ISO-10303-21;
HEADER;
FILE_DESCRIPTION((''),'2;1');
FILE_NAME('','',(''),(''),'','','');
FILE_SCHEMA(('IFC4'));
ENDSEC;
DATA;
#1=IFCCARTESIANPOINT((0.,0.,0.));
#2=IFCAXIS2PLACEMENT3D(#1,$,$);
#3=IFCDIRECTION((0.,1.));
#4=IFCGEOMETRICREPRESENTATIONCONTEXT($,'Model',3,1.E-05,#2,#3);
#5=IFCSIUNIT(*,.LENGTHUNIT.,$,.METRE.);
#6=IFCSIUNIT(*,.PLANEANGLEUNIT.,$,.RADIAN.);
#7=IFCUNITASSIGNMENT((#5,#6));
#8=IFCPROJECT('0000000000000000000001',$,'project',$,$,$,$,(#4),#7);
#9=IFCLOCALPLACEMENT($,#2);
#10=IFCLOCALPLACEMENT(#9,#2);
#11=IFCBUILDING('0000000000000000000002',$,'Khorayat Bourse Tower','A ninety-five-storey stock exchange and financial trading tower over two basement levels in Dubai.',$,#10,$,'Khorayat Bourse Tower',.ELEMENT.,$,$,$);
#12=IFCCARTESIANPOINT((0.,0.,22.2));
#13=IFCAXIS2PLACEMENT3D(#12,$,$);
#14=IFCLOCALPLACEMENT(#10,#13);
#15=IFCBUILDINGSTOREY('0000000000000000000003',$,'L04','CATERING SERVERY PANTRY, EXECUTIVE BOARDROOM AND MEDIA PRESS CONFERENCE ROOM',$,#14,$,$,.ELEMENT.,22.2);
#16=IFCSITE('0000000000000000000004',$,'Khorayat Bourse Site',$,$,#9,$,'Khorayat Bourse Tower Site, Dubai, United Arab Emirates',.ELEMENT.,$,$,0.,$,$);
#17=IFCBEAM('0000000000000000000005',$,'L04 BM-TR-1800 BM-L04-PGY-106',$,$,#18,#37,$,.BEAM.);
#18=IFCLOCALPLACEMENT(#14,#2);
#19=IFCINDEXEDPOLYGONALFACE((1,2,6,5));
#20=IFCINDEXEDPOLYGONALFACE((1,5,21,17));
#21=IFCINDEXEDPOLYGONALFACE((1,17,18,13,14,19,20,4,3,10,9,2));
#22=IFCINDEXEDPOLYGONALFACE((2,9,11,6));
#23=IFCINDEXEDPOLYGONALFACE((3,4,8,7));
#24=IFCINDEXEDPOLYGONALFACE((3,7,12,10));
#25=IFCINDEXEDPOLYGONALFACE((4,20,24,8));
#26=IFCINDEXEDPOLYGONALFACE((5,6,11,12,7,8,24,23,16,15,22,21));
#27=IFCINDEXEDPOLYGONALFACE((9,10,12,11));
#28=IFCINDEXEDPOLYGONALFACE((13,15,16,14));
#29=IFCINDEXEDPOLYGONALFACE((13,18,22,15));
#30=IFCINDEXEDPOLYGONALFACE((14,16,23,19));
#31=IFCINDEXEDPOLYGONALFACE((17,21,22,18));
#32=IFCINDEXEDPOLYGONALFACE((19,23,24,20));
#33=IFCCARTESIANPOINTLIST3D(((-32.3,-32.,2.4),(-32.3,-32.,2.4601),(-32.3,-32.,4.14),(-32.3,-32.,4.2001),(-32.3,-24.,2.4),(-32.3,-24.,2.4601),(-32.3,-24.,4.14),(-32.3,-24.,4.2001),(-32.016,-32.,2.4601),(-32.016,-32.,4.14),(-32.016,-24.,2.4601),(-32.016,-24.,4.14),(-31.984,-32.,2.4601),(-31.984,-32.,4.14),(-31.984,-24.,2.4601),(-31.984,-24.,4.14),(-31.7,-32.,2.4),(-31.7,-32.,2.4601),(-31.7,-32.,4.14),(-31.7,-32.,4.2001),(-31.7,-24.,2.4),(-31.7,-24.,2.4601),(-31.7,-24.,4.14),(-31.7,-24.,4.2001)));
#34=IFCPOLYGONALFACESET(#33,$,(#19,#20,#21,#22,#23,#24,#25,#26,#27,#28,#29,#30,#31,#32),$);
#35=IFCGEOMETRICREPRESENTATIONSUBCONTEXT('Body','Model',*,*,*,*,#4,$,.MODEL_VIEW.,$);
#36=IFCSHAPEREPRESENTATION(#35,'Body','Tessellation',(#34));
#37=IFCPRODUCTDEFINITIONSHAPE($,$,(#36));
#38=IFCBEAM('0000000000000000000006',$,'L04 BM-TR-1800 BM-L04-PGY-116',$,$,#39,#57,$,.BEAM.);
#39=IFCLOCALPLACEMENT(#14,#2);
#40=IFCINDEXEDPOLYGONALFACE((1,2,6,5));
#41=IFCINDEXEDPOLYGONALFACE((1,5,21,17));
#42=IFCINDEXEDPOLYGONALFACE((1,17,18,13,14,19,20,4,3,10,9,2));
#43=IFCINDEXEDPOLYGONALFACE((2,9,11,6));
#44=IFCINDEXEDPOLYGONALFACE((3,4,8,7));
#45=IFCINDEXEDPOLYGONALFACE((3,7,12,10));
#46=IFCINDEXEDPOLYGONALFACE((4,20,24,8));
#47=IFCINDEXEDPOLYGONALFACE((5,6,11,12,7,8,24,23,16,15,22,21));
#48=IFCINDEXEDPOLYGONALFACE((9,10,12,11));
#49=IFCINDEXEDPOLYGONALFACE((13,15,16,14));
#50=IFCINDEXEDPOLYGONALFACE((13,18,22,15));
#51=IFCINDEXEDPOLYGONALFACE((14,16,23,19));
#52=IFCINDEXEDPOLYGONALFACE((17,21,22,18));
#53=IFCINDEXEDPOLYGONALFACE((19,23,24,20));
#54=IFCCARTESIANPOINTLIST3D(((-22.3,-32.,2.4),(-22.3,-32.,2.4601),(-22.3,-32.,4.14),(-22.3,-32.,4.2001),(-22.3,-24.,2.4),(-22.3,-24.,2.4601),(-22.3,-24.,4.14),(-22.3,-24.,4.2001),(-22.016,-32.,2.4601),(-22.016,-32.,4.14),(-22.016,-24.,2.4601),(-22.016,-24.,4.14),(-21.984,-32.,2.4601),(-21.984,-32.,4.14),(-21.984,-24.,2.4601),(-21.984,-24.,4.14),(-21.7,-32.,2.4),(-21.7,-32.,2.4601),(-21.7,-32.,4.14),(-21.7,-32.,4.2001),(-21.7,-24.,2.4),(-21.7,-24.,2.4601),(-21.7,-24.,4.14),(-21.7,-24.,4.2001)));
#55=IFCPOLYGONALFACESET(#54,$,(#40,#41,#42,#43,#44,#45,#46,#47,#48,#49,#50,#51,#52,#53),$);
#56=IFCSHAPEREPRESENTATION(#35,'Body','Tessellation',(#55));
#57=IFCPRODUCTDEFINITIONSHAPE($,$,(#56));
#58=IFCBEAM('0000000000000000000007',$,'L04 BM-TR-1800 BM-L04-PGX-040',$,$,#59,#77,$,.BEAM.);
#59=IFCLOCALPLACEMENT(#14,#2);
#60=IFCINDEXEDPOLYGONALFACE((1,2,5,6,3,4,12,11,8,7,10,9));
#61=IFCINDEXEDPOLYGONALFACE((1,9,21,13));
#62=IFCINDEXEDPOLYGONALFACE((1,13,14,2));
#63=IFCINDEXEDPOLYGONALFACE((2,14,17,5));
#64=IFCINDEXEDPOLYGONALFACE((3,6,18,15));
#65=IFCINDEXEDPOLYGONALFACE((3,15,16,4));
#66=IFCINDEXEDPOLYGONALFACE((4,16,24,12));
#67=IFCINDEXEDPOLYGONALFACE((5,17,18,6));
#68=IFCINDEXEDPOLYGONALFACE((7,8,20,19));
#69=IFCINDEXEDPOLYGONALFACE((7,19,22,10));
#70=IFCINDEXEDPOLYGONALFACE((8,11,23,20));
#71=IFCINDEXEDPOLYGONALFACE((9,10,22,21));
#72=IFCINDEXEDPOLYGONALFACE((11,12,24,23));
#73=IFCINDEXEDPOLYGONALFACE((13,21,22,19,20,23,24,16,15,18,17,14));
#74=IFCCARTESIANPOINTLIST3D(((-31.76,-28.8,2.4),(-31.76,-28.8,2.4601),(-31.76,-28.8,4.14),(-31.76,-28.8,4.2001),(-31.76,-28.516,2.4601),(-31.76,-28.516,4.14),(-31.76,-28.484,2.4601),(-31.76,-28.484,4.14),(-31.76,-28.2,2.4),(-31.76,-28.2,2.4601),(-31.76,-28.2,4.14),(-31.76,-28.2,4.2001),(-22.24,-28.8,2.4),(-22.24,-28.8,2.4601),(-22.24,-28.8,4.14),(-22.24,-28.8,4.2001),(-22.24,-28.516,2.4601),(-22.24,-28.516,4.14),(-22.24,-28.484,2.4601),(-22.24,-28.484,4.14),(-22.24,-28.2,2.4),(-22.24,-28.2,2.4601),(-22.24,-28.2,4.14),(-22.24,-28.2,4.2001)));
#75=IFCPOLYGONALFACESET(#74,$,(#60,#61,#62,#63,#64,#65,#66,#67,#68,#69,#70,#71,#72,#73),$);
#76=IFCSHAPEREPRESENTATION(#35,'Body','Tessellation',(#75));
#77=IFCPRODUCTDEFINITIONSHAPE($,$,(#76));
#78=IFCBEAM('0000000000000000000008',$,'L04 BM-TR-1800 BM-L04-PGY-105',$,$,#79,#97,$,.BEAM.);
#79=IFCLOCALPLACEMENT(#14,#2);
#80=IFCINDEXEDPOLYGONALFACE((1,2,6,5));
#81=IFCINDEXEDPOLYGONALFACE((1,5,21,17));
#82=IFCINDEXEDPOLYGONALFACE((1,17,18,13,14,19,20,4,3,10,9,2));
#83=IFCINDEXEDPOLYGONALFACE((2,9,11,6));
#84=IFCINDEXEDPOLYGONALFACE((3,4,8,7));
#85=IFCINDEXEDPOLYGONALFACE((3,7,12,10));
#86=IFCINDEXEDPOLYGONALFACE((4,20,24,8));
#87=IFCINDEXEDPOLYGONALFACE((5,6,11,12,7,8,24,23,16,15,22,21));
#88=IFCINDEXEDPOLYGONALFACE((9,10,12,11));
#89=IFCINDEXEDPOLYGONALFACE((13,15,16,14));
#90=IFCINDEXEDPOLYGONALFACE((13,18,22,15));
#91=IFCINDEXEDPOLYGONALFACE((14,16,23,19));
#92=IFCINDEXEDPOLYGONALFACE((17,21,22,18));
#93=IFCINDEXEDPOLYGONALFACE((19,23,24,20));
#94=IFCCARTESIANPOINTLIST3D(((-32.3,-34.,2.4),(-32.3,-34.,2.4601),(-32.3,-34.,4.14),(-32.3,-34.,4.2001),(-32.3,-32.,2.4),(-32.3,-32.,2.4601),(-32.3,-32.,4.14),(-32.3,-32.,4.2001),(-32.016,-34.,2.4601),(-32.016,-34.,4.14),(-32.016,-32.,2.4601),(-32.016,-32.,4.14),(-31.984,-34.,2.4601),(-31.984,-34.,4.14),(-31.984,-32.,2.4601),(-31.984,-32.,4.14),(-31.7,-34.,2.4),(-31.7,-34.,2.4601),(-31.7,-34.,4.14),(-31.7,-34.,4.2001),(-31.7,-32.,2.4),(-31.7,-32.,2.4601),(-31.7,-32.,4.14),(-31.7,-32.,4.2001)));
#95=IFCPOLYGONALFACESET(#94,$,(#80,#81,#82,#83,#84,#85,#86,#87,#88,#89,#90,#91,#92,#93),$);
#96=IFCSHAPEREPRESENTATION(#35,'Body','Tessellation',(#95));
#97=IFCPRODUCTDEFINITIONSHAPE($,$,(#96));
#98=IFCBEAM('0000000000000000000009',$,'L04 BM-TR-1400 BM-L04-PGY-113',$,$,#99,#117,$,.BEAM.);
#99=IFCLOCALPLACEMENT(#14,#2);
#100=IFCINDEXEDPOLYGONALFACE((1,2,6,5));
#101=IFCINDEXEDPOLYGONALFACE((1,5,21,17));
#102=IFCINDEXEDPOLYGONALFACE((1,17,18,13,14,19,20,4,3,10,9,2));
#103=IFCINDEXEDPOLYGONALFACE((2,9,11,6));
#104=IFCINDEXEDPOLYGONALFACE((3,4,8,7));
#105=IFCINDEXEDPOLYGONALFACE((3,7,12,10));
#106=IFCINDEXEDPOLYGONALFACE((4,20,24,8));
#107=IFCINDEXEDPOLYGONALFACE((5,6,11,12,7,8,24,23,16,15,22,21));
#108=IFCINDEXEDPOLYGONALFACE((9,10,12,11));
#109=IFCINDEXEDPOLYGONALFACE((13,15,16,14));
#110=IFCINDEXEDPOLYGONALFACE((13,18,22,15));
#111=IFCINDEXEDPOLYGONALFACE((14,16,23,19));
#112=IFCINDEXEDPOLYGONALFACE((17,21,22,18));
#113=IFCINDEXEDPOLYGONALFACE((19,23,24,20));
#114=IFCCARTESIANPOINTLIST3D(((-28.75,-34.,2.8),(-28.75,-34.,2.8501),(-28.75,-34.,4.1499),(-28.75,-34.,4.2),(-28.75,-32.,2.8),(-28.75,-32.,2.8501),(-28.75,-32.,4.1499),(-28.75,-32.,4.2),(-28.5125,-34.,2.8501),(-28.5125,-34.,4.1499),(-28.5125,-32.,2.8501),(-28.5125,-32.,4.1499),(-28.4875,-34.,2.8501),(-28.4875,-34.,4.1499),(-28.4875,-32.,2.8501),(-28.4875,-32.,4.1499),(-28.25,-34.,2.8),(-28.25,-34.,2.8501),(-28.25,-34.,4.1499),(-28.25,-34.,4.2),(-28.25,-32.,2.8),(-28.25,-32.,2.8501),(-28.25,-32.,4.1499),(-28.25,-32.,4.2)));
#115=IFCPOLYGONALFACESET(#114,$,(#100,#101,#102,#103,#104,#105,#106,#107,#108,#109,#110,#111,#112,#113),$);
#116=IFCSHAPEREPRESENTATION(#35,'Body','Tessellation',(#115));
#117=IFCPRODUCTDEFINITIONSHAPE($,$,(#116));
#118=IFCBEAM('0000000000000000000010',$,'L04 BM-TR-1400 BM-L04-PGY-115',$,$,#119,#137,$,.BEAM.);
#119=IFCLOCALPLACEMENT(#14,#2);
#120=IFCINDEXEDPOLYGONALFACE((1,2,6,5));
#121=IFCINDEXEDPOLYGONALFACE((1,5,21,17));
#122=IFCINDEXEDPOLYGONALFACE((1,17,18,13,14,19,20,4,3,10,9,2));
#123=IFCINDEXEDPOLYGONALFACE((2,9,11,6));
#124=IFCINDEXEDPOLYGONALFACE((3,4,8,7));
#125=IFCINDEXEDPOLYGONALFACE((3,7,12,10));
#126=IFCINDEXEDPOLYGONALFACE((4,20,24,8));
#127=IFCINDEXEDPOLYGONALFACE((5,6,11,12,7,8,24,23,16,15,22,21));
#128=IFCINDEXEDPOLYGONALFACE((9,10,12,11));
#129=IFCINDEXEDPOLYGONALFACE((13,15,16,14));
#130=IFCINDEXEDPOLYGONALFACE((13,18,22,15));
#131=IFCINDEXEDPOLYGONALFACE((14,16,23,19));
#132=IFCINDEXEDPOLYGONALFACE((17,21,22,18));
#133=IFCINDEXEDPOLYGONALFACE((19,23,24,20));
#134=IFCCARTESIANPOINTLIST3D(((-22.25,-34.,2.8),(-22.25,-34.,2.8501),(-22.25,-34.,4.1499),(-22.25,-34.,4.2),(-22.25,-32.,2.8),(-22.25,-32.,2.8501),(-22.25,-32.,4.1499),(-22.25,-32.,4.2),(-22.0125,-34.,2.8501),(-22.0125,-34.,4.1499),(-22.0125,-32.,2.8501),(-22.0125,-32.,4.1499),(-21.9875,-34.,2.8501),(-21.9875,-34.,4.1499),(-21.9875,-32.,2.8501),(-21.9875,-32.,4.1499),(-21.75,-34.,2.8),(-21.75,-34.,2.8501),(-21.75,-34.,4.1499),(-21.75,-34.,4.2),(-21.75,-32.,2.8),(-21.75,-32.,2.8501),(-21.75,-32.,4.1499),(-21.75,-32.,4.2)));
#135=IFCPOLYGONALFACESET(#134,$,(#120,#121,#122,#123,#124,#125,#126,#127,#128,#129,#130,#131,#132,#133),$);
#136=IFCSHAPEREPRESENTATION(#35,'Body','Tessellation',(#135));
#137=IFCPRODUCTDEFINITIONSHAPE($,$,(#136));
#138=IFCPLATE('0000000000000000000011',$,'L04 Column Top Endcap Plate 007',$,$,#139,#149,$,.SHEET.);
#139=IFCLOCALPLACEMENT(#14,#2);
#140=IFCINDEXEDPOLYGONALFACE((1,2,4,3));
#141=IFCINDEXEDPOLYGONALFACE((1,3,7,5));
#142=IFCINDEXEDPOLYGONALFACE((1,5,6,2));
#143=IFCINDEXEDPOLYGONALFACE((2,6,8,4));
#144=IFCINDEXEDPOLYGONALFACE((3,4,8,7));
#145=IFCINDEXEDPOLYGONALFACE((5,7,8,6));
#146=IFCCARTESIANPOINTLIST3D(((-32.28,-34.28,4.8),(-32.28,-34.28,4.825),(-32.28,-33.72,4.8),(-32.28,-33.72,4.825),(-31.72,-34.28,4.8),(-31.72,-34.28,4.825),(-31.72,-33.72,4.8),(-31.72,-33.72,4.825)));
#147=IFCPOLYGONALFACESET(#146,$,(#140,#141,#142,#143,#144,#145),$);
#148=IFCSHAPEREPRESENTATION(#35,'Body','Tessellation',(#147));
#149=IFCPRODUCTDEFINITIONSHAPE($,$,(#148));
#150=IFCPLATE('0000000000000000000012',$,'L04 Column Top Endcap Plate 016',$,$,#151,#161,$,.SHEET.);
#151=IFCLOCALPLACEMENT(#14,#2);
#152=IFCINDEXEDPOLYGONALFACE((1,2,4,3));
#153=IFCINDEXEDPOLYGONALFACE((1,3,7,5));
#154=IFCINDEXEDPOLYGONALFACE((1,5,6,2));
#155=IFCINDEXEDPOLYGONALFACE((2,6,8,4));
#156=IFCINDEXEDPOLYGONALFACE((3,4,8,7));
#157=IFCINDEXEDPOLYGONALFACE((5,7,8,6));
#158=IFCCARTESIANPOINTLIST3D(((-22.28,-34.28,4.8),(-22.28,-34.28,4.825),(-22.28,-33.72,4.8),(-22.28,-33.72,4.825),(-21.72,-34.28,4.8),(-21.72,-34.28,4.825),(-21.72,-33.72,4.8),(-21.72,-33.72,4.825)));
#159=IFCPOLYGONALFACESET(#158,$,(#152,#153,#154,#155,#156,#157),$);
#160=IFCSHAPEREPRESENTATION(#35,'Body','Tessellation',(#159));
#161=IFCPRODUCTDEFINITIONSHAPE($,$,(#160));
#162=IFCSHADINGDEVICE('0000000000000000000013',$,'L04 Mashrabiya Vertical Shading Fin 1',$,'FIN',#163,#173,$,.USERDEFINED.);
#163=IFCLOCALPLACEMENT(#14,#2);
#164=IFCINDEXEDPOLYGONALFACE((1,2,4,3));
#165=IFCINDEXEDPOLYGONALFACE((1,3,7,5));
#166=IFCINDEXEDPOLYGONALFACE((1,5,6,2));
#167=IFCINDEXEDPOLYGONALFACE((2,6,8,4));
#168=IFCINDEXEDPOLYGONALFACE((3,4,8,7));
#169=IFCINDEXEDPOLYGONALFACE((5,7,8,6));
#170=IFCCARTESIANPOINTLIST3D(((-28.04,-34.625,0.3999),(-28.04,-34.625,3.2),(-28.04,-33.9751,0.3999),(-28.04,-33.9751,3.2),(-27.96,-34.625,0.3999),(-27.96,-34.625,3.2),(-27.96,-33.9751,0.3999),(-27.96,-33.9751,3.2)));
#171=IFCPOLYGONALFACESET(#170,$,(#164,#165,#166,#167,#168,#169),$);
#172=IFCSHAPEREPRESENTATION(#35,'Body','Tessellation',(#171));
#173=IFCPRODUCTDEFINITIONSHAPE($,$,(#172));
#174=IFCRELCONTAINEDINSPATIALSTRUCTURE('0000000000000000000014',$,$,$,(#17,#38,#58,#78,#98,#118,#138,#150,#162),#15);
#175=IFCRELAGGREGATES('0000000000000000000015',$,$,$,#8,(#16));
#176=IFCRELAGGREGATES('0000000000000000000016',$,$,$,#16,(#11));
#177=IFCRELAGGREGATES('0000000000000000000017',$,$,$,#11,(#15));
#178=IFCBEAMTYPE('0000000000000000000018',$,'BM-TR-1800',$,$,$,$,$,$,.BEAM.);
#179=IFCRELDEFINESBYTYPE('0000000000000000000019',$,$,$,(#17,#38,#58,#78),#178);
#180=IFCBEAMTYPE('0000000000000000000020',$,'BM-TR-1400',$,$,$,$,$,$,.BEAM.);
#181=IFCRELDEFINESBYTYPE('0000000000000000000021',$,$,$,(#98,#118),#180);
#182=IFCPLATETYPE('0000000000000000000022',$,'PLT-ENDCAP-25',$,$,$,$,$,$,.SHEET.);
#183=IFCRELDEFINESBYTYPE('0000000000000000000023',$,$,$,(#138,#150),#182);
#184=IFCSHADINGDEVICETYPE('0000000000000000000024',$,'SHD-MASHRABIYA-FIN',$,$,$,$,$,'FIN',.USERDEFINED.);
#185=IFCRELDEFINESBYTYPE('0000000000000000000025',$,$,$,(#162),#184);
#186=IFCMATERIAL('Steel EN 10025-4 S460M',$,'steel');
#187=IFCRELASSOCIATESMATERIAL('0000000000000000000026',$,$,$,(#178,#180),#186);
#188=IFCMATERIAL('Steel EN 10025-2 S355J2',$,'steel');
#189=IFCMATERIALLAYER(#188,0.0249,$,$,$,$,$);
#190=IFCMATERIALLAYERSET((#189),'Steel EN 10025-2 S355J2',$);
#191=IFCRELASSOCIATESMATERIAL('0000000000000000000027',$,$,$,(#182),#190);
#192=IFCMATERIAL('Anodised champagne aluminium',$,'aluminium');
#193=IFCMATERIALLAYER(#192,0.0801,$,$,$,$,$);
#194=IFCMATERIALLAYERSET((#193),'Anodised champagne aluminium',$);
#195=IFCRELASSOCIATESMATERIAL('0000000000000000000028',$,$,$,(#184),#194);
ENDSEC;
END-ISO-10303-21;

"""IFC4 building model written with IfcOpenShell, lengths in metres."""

from ifc_helpers import new_model, si_unit, direction, frame, origin, origin_2d, place, context, subcontext, project, spatial, rectangle, i_section, extrude, source, transform, mapped, material, layer, layer_set, material_profile, profile_set, type_object, element, save


model = new_model("IFC4")

# Units and contexts
model_context = context("Model", 3, precision=1e-05, world=origin(), true_north=direction((0.0, 1.0)))
body_context = subcontext(model_context, "Body", "Model", "MODEL_VIEW")
ifc_project = project(units=[si_unit("LENGTHUNIT", "METRE"), si_unit("PLANEANGLEUNIT", "RADIAN")], contexts=[model_context])

# Site, building, storey
site_placement = place(None, origin())
site = spatial("IfcSite", under=ifc_project, at=site_placement, Name="Khorayat Bourse Site", LongName="Khorayat Bourse Tower Site, Dubai, United Arab Emirates", CompositionType="ELEMENT", RefElevation=0.0)
building_placement = place(site_placement, origin())
building = spatial("IfcBuilding", under=site, at=building_placement, Name="Khorayat Bourse Tower", Description="A ninety-five-storey stock exchange and financial trading tower over two basement levels in Dubai.", LongName="Khorayat Bourse Tower", CompositionType="ELEMENT")
storey_placement = place(building_placement, frame((0.0, 0.0, 22.2)))
storey = spatial("IfcBuildingStorey", under=building, at=storey_placement, Name="L04", Description="CATERING SERVERY PANTRY, EXECUTIVE BOARDROOM AND MEDIA PRESS CONFERENCE ROOM", CompositionType="ELEMENT", Elevation=22.2)

# Shared definitions
ifc_material_1 = material(Name="Steel EN 10025-2 S355J2", Category="steel")

# Beams
ifc_material_2 = material(Name="Steel EN 10025-4 S460M", Category="steel")
ifc_material_profile_1 = material_profile(ifc_material_2, i_section(OverallWidth=0.6001, OverallDepth=1.8, WebThickness=0.032, FlangeThickness=0.0601, at=origin_2d()), Name="PG 1800x600x32x60")
ifc_profile_set_1 = profile_set([ifc_material_profile_1], Name="Steel EN 10025-4 S460M")
beam_type_1 = type_object("IfcBeamType", Name="BM-TR-1800", PredefinedType="BEAM", material=ifc_profile_set_1)
shared_shape_1 = source(origin(), body_context, "Body", "SweptSolid", [
    extrude(i_section(OverallWidth=0.6001, OverallDepth=1.8, WebThickness=0.032, FlangeThickness=0.0601, at=origin_2d()), origin(), (0.0, 0.0, 1.0), 8.0),
])
for number, where, z_axis, x_axis, name in (
    (1, (-32.0, -32.0, 3.3), (0.0, 1.0, 0.0), (-1.0, 0.0, 0.0), "L04 BM-TR-1800 BM-L04-PGY-106"),
    (2, (-22.0, -32.0, 3.3), (0.0, 1.0, 0.0), (-1.0, 0.0, 0.0), "L04 BM-TR-1800 BM-L04-PGY-116"),
):
    element("IfcBeam", number, at=place(storey_placement, frame(where, z_axis=z_axis, x_axis=x_axis)), inside=storey, type_object=beam_type_1, Name=name, PredefinedType="BEAM", context=body_context, shape_type="MappedRepresentation", body=[
        mapped(shared_shape_1, transform((0.0, 0.0, 0.0), scale=1.0)),
    ])
shared_shape_2 = source(origin(), body_context, "Body", "SweptSolid", [
    extrude(i_section(OverallWidth=0.6001, OverallDepth=1.8, WebThickness=0.032, FlangeThickness=0.0601, at=origin_2d()), origin(), (0.0, 0.0, 1.0), 9.52),
])
beam_1_placement = place(storey_placement, frame((-31.76, -28.5, 3.3), z_axis=(1.0, 0.0, 0.0), x_axis=(0.0, 1.0, 0.0)))
element("IfcBeam", 3, at=beam_1_placement, inside=storey, type_object=beam_type_1, Name="L04 BM-TR-1800 BM-L04-PGX-040", PredefinedType="BEAM", context=body_context, shape_type="MappedRepresentation", body=[
    mapped(shared_shape_2, transform((0.0, 0.0, 0.0), scale=1.0)),
])
shared_shape_3 = source(origin(), body_context, "Body", "SweptSolid", [
    extrude(i_section(OverallWidth=0.6001, OverallDepth=1.8, WebThickness=0.032, FlangeThickness=0.0601, at=origin_2d()), origin(), (0.0, 0.0, 1.0), 2.0),
])
beam_2_placement = place(storey_placement, frame((-32.0, -34.0, 3.3), z_axis=(0.0, 1.0, 0.0), x_axis=(-1.0, 0.0, 0.0)))
element("IfcBeam", 4, at=beam_2_placement, inside=storey, type_object=beam_type_1, Name="L04 BM-TR-1800 BM-L04-PGY-105", PredefinedType="BEAM", context=body_context, shape_type="MappedRepresentation", body=[
    mapped(shared_shape_3, transform((0.0, 0.0, 0.0), scale=1.0)),
])
ifc_material_profile_2 = material_profile(ifc_material_2, i_section(OverallWidth=0.5, OverallDepth=1.3999, WebThickness=0.0249, FlangeThickness=0.05, at=origin_2d()), Name="PG 1400x500x25x50")
ifc_profile_set_2 = profile_set([ifc_material_profile_2], Name="Steel EN 10025-4 S460M")
beam_type_2 = type_object("IfcBeamType", Name="BM-TR-1400", PredefinedType="BEAM", material=ifc_profile_set_2)
shared_shape_4 = source(origin(), body_context, "Body", "SweptSolid", [
    extrude(i_section(OverallWidth=0.5, OverallDepth=1.3999, WebThickness=0.0249, FlangeThickness=0.05, at=origin_2d()), origin(), (0.0, 0.0, 1.0), 2.0),
])
for number, where, z_axis, x_axis, name in (
    (5, (-28.5, -34.0, 3.5), (0.0, 1.0, 0.0), (-1.0, 0.0, 0.0), "L04 BM-TR-1400 BM-L04-PGY-113"),
    (6, (-22.0, -34.0, 3.5), (0.0, 1.0, 0.0), (-1.0, 0.0, 0.0), "L04 BM-TR-1400 BM-L04-PGY-115"),
):
    element("IfcBeam", number, at=place(storey_placement, frame(where, z_axis=z_axis, x_axis=x_axis)), inside=storey, type_object=beam_type_2, Name=name, PredefinedType="BEAM", context=body_context, shape_type="MappedRepresentation", body=[
        mapped(shared_shape_4, transform((0.0, 0.0, 0.0), scale=1.0)),
    ])

# Plates
ifc_layer_1 = layer(ifc_material_1, 0.0249)
ifc_layer_set_1 = layer_set([ifc_layer_1], Name="Steel EN 10025-2 S355J2")
plate_type = type_object("IfcPlateType", Name="PLT-ENDCAP-25", PredefinedType="SHEET", material=ifc_layer_set_1)
shared_shape_5 = source(origin(), body_context, "Body", "SweptSolid", [
    extrude(rectangle(XDim=0.5601, YDim=0.5601, at=origin_2d()), origin(), (0.0, 0.0, 1.0), 0.0249),
])
for number, where, z_axis, x_axis, name in (
    (7, (-32.0, -34.0, 4.8), (0.0, 0.0, 1.0), (1.0, 0.0, 0.0), "L04 Column Top Endcap Plate 007"),
    (8, (-22.0, -34.0, 4.8), (0.0, 0.0, 1.0), (1.0, 0.0, 0.0), "L04 Column Top Endcap Plate 016"),
):
    element("IfcPlate", number, at=place(storey_placement, frame(where, z_axis=z_axis, x_axis=x_axis)), inside=storey, type_object=plate_type, Name=name, PredefinedType="SHEET", context=body_context, shape_type="MappedRepresentation", body=[
        mapped(shared_shape_5, transform((0.0, 0.0, 0.0), scale=1.0)),
    ])

# Shading device
ifc_material_3 = material(Name="Anodised champagne aluminium", Category="aluminium")
ifc_layer_2 = layer(ifc_material_3, 0.0801)
ifc_layer_set_2 = layer_set([ifc_layer_2], Name="Anodised champagne aluminium")
shading_device_type = type_object("IfcShadingDeviceType", Name="SHD-MASHRABIYA-FIN", ElementType="FIN", PredefinedType="USERDEFINED", material=ifc_layer_set_2)
shared_shape_6 = source(origin(), body_context, "Body", "SweptSolid", [
    extrude(rectangle(XDim=0.0801, YDim=0.6499, at=origin_2d()), origin(), (0.0, 0.0, 1.0), 2.8),
])
shading_device_placement = place(storey_placement, frame((-28.0, -34.3, 0.3999), z_axis=(0.0, 0.0, 1.0), x_axis=(1.0, 0.0, 0.0)))
element("IfcShadingDevice", 9, at=shading_device_placement, inside=storey, type_object=shading_device_type, Name="L04 Mashrabiya Vertical Shading Fin 1", ObjectType="FIN", PredefinedType="USERDEFINED", context=body_context, shape_type="MappedRepresentation", body=[
    mapped(shared_shape_6, transform((0.0, 0.0, 0.0), scale=1.0)),
])

save(model, "model.ifc")
